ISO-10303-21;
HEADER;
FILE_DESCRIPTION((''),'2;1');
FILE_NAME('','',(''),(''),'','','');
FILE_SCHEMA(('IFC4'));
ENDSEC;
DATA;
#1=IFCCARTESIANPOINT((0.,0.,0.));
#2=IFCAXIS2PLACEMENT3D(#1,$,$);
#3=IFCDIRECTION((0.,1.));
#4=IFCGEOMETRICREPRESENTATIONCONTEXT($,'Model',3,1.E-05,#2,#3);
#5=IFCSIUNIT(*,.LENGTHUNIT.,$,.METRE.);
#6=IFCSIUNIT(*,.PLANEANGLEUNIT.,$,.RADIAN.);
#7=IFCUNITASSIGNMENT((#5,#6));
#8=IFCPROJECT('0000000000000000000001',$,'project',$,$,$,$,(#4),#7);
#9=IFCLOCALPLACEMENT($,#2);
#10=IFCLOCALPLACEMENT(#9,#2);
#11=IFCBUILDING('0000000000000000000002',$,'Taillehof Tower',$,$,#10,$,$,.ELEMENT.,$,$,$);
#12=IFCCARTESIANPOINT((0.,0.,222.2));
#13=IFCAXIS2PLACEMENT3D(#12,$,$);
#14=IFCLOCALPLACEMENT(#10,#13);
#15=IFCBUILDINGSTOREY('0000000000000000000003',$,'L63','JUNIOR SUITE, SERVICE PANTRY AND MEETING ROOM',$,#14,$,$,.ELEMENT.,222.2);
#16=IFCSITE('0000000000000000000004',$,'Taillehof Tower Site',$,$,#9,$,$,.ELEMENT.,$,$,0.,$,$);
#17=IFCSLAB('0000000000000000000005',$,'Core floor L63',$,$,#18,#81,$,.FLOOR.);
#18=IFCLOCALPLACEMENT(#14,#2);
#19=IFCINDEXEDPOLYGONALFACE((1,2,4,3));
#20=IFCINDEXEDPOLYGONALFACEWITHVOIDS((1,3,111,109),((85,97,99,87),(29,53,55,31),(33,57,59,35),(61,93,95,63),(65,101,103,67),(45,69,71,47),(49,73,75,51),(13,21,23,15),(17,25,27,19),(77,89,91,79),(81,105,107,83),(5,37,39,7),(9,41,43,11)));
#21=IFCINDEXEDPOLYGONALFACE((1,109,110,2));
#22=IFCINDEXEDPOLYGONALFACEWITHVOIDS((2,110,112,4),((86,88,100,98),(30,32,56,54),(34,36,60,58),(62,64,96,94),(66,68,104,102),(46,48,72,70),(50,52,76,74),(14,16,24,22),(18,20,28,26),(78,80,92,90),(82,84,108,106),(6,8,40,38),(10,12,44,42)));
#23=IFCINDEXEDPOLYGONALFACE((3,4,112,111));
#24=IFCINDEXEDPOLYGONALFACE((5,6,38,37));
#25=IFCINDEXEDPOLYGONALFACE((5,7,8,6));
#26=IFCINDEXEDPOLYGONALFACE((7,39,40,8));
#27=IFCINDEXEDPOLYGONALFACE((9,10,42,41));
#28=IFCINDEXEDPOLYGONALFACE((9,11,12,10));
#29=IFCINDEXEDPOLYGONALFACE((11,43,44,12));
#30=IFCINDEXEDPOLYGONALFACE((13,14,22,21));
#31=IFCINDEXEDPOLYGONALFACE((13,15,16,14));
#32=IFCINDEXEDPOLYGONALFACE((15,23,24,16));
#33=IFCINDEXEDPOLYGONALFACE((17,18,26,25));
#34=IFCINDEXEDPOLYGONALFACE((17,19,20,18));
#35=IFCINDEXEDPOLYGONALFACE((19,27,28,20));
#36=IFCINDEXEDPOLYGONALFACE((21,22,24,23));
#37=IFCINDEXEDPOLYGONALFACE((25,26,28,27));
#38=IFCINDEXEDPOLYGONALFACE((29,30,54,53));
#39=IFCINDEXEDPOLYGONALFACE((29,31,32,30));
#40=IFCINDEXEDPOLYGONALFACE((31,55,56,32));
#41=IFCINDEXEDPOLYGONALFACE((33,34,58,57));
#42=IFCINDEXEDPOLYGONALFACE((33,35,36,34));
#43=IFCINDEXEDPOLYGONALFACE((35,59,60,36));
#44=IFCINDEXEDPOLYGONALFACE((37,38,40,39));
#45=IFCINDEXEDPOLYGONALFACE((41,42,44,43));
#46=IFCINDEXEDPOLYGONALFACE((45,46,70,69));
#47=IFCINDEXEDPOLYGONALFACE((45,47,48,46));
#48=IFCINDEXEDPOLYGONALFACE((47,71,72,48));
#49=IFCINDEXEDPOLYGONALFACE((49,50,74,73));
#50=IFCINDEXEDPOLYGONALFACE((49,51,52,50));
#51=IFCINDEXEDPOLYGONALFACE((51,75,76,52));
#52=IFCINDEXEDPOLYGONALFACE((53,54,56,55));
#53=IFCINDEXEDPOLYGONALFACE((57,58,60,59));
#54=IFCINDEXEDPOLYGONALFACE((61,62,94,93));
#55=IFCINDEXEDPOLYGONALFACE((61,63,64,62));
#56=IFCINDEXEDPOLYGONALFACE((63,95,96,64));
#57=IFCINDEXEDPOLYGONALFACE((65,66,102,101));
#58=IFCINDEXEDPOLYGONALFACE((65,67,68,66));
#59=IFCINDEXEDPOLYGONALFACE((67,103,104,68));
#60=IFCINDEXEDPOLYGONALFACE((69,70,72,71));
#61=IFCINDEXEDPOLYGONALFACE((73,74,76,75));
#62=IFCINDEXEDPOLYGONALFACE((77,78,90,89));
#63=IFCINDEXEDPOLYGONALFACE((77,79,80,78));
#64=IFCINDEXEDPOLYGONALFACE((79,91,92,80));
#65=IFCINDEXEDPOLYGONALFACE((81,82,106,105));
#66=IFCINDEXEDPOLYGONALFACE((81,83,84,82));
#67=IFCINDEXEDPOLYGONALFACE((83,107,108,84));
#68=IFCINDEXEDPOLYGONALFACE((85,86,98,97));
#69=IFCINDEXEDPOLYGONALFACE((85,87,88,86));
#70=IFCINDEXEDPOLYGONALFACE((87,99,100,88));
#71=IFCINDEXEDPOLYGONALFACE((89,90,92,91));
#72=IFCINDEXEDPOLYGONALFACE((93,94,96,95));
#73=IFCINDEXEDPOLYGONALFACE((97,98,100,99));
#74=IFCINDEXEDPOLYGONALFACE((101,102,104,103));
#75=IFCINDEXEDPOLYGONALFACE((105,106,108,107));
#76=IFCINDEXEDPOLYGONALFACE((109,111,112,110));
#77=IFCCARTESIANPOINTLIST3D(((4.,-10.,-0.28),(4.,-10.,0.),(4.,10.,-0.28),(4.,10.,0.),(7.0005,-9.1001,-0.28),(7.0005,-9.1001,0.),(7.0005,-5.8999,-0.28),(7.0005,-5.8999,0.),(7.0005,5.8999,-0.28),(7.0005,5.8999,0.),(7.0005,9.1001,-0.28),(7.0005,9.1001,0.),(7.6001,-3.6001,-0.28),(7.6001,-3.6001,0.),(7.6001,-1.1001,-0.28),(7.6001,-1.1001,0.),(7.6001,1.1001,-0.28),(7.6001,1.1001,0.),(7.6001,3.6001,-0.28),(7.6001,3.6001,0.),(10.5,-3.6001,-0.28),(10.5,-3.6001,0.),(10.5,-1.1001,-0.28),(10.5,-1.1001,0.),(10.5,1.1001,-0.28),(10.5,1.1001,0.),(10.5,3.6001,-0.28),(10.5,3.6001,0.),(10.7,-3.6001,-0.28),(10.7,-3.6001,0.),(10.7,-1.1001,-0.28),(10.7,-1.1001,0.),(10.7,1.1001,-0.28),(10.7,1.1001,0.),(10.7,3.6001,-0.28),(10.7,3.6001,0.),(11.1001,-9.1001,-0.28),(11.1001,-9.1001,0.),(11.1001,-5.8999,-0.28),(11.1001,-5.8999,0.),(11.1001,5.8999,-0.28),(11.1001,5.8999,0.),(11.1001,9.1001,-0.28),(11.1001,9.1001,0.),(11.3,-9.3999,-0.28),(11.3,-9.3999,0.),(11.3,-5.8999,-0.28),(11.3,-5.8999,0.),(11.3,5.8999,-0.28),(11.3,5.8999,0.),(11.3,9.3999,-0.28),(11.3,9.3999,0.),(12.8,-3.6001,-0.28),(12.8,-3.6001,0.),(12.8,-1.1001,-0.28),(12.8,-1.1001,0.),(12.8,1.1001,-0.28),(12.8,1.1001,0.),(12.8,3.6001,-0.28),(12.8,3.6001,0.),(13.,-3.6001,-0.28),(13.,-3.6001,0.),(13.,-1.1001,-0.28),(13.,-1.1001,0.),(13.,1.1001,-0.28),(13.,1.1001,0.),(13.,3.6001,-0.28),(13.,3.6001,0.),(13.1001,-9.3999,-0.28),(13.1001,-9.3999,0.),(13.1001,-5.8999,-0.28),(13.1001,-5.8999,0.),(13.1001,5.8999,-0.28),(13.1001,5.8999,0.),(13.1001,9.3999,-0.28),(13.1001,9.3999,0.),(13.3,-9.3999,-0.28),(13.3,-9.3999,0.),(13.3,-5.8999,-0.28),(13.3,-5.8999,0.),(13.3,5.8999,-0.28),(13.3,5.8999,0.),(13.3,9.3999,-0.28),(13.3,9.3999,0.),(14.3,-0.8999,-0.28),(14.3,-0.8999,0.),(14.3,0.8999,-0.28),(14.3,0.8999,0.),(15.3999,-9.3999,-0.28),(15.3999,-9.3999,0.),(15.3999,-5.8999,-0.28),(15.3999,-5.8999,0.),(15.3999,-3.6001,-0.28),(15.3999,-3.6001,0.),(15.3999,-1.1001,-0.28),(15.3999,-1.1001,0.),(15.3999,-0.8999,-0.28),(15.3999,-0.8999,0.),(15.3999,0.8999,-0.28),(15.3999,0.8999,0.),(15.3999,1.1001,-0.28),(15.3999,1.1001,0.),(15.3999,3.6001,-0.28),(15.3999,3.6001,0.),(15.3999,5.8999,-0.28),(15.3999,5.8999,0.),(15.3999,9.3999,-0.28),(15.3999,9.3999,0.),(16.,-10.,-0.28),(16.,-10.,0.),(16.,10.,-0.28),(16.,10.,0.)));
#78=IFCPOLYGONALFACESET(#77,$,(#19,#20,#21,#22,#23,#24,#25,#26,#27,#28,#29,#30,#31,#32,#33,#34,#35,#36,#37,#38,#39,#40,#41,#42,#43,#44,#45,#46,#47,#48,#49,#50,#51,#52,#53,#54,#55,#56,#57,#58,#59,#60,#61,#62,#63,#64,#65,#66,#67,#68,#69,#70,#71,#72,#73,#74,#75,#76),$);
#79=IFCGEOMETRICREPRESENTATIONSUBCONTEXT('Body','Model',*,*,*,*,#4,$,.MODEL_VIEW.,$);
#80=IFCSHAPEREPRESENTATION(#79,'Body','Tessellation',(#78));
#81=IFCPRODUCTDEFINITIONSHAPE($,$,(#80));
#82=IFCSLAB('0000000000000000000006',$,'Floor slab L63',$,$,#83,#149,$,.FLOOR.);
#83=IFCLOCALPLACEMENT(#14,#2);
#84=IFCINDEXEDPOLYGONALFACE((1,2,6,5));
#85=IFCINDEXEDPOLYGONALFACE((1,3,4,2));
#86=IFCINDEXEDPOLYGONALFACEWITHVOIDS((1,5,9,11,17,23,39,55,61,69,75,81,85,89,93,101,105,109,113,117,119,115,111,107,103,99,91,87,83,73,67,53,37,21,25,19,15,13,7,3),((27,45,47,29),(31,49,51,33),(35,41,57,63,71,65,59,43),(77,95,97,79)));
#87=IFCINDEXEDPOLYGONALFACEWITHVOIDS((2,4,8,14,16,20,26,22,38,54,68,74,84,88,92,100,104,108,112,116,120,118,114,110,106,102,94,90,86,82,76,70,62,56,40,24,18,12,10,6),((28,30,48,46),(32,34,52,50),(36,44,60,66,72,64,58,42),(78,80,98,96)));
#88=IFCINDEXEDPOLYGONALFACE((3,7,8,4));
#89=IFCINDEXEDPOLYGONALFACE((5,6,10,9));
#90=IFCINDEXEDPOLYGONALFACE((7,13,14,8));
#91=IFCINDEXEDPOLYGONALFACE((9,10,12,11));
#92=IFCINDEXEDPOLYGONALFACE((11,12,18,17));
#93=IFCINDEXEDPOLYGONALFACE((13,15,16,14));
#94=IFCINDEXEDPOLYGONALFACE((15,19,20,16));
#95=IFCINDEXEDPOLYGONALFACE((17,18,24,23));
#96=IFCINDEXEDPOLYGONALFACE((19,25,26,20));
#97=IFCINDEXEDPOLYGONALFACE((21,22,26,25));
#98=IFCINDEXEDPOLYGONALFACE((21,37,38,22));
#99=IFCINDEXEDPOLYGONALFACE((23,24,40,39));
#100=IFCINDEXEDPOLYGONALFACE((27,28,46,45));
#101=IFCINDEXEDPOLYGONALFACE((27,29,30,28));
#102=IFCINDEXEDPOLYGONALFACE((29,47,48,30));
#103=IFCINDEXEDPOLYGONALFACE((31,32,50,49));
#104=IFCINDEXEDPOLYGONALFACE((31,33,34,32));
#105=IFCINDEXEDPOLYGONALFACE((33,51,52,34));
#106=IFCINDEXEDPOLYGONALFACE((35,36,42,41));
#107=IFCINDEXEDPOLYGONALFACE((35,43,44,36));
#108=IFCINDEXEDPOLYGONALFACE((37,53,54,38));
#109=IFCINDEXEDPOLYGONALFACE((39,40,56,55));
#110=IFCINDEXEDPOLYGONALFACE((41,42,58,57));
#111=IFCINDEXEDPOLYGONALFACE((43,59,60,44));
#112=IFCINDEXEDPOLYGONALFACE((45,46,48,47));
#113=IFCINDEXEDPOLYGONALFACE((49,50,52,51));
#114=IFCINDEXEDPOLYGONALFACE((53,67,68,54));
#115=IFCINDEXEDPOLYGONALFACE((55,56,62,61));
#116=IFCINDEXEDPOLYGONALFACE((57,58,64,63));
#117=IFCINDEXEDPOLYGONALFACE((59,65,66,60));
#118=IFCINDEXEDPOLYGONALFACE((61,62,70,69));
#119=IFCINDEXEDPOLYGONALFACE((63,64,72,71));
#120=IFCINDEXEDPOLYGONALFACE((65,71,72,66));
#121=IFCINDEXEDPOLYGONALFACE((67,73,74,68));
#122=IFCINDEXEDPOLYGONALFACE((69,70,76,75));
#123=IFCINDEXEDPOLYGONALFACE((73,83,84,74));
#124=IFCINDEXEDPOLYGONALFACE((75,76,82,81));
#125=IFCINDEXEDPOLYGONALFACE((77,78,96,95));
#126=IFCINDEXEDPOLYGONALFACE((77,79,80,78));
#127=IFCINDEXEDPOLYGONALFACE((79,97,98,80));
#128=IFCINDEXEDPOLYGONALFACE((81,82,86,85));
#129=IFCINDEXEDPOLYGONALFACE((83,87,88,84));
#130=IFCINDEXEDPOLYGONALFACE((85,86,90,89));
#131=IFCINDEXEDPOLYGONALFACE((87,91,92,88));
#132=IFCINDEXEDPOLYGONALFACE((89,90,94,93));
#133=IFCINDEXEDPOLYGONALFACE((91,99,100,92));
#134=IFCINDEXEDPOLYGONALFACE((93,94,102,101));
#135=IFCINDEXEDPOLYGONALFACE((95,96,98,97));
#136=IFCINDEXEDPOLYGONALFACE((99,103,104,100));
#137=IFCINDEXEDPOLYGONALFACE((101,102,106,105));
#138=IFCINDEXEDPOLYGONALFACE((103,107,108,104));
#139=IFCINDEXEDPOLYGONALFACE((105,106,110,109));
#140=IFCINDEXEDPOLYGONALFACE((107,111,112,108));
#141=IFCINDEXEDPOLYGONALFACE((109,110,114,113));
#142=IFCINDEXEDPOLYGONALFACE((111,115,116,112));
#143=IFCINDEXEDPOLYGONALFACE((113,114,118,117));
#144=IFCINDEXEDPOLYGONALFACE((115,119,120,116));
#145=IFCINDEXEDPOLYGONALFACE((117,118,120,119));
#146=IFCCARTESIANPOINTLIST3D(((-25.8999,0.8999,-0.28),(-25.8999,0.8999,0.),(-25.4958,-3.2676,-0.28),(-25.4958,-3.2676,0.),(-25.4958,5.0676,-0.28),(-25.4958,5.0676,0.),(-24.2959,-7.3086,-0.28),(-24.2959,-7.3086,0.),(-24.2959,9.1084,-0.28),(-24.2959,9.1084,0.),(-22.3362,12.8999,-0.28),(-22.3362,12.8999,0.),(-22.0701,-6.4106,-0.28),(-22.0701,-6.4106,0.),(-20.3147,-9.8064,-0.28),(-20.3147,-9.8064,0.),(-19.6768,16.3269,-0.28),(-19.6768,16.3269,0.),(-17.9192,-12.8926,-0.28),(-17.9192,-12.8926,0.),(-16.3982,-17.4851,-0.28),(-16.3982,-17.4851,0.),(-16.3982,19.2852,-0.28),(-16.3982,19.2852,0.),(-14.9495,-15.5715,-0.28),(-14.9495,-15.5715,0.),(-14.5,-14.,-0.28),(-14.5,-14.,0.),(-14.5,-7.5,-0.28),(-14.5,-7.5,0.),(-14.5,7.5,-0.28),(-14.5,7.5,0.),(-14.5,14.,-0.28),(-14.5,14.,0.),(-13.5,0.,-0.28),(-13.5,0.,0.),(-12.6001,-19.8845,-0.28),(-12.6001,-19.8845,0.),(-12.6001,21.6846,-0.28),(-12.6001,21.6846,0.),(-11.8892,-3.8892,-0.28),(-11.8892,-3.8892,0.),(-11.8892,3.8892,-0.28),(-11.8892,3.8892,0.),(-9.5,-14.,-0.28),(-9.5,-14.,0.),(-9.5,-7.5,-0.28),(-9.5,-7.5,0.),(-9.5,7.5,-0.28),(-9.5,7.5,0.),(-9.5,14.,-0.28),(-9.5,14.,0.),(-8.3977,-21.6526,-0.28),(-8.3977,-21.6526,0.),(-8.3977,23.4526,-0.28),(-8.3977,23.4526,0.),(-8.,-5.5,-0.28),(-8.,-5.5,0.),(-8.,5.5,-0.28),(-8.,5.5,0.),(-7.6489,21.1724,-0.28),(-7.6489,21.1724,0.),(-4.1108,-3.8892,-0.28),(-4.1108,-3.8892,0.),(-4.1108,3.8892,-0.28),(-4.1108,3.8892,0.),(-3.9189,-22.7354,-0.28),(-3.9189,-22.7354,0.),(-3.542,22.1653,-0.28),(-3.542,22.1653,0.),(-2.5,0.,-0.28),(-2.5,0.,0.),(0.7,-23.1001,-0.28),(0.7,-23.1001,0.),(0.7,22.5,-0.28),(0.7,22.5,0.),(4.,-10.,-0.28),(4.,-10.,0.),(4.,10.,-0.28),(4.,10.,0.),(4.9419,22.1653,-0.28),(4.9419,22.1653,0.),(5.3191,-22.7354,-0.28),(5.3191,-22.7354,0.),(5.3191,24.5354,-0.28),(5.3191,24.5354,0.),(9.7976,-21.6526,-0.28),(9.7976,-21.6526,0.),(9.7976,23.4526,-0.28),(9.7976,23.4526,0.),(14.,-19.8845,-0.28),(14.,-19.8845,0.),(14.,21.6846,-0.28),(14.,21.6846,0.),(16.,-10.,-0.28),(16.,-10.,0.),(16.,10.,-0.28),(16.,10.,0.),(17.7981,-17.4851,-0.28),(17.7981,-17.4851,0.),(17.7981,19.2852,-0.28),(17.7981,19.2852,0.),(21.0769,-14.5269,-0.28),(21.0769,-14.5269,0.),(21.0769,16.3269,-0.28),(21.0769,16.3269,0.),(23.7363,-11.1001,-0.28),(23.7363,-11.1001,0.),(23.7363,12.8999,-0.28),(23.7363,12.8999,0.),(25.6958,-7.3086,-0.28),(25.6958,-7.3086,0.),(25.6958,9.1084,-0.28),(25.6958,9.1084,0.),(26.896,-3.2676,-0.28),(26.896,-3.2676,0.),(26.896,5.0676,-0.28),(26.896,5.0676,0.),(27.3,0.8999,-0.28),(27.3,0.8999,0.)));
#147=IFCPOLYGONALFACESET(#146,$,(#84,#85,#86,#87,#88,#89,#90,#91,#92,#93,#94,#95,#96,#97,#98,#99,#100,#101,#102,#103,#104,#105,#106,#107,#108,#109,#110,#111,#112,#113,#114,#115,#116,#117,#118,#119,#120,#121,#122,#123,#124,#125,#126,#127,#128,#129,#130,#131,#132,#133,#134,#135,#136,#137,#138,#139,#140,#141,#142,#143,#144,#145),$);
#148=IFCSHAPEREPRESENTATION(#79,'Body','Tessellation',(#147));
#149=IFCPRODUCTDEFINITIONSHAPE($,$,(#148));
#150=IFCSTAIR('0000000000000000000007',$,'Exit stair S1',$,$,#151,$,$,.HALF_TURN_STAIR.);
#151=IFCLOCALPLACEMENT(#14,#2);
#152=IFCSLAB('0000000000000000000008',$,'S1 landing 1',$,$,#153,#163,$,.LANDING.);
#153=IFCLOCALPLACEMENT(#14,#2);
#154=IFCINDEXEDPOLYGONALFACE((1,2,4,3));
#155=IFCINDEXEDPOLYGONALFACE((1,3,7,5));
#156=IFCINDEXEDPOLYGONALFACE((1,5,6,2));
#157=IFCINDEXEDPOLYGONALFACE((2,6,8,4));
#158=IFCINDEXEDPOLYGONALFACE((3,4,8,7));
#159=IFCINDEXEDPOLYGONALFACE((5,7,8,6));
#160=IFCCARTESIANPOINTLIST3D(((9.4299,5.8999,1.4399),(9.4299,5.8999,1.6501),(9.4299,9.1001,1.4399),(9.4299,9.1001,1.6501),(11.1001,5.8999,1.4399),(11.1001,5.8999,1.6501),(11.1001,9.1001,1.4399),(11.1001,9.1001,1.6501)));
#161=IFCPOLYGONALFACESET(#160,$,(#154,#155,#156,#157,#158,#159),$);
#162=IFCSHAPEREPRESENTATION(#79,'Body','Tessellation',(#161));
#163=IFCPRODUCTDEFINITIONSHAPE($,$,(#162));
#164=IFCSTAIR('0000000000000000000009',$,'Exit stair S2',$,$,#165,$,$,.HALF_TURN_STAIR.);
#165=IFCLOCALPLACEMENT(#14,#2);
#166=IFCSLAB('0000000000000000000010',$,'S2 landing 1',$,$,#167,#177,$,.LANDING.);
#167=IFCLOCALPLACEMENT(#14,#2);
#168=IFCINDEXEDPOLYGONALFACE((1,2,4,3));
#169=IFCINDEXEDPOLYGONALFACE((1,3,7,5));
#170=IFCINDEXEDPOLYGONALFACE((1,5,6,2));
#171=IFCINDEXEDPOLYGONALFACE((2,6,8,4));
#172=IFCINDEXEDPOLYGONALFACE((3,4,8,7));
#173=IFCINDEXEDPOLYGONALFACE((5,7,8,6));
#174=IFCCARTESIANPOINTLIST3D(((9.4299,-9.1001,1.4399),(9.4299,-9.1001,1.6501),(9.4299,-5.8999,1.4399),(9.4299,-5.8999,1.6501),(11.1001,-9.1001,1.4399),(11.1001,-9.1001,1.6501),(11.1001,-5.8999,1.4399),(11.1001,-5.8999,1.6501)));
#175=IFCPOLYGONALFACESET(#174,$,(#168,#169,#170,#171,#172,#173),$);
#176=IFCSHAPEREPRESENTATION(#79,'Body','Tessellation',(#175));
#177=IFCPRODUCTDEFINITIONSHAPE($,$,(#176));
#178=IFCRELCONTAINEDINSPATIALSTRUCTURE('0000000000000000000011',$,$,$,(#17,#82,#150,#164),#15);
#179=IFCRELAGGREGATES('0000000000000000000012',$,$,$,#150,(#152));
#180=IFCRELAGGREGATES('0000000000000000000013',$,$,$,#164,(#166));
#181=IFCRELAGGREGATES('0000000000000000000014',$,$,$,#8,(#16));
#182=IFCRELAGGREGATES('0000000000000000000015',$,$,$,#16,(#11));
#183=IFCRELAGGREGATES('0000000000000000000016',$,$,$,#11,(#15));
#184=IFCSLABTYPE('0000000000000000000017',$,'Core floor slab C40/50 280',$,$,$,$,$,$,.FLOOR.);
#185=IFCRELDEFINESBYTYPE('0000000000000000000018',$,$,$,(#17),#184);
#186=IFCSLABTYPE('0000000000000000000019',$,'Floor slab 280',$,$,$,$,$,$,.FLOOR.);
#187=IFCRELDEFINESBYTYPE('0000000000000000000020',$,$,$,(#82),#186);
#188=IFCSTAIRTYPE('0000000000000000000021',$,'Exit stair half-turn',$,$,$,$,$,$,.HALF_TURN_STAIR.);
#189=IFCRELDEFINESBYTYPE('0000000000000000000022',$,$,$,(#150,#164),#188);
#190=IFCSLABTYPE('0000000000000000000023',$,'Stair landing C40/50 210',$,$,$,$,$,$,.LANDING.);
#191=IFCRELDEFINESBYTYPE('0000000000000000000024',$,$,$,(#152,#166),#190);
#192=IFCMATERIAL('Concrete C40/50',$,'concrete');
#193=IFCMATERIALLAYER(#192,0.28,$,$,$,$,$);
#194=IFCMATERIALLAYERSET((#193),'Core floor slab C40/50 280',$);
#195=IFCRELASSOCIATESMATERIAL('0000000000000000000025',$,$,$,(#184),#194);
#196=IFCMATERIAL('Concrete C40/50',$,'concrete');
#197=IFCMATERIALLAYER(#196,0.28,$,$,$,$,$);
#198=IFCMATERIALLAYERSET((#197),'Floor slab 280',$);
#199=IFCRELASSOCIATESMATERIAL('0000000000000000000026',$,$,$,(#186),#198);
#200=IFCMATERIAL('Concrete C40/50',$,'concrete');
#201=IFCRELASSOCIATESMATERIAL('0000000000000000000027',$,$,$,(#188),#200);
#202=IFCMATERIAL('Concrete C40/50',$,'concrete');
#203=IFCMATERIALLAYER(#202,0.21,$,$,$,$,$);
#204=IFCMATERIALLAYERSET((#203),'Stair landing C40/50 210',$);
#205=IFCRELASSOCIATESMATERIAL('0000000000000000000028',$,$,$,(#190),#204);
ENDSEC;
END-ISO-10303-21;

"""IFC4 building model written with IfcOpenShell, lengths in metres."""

from ifc_helpers import new_model, si_unit, direction, frame, origin, place, context, subcontext, project, spatial, polyline, outline, extrude, material, layer, layer_set, type_object, element, aggregate, save


model = new_model("IFC4")

# Units and contexts
model_context = context("Model", 3, precision=1e-05, world=origin(), true_north=direction((0.0, 1.0)))
body_context = subcontext(model_context, "Body", "Model", "MODEL_VIEW")
ifc_project = project(units=[si_unit("LENGTHUNIT", "METRE"), si_unit("PLANEANGLEUNIT", "RADIAN")], contexts=[model_context])

# Site, building, storey
site_placement = place(None, origin())
site = spatial("IfcSite", under=ifc_project, at=site_placement, Name="Taillehof Tower Site", CompositionType="ELEMENT", RefElevation=0.0)
building_placement = place(site_placement, origin())
building = spatial("IfcBuilding", under=site, at=building_placement, Name="Taillehof Tower", CompositionType="ELEMENT")
storey_placement = place(building_placement, frame((0.0, 0.0, 222.2)))
storey = spatial("IfcBuildingStorey", under=building, at=storey_placement, Name="L63", Description="JUNIOR SUITE, SERVICE PANTRY AND MEETING ROOM", CompositionType="ELEMENT", Elevation=222.2)

# Slabs
ifc_material_1 = material(Name="Concrete C40/50", Category="concrete")
ifc_layer_1 = layer(ifc_material_1, 0.28)
ifc_layer_set_1 = layer_set([ifc_layer_1], Name="Core floor slab C40/50 280")
slab_type_1 = type_object("IfcSlabType", Name="Core floor slab C40/50 280", PredefinedType="FLOOR", material=ifc_layer_set_1)
slab_1_placement = place(storey_placement, frame((0.0, 0.0, -0.28)))
element("IfcSlab", 1, at=slab_1_placement, inside=storey, type_object=slab_type_1, Name="Core floor L63", PredefinedType="FLOOR", context=body_context, shape_type="SweptSolid", body=[
    extrude(outline(polyline([(4.0, -10.0), (4.0, 10.0), (16.0, 10.0), (16.0, -10.0), (4.0, -10.0)]), holes=[polyline([(11.1001, -9.1001), (11.1001, -5.8999), (7.0005, -5.8999), (7.0005, -9.1001), (11.1001, -9.1001)]), polyline([(10.5, -3.6001), (10.5, -1.1001), (7.6001, -1.1001), (7.6001, -3.6001), (10.5, -3.6001)]), polyline([(12.8, -3.6001), (12.8, -1.1001), (10.7, -1.1001), (10.7, -3.6001), (12.8, -3.6001)]), polyline([(10.5, 3.6001), (7.6001, 3.6001), (7.6001, 1.1001), (10.5, 1.1001), (10.5, 3.6001)]), polyline([(12.8, 1.1001), (12.8, 3.6001), (10.7, 3.6001), (10.7, 1.1001), (12.8, 1.1001)]), polyline([(11.1001, 5.8999), (11.1001, 9.1001), (7.0005, 9.1001), (7.0005, 5.8999), (11.1001, 5.8999)]), polyline([(13.1001, 9.3999), (11.3, 9.3999), (11.3, 5.8999), (13.1001, 5.8999), (13.1001, 9.3999)]), polyline([(13.1001, -9.3999), (13.1001, -5.8999), (11.3, -5.8999), (11.3, -9.3999), (13.1001, -9.3999)]), polyline([(15.3999, -9.3999), (15.3999, -5.8999), (13.3, -5.8999), (13.3, -9.3999), (15.3999, -9.3999)]), polyline([(15.3999, -3.6001), (15.3999, -1.1001), (13.0, -1.1001), (13.0, -3.6001), (15.3999, -3.6001)]), polyline([(15.3999, -0.8999), (15.3999, 0.8999), (14.3, 0.8999), (14.3, -0.8999), (15.3999, -0.8999)]), polyline([(15.3999, 1.1001), (15.3999, 3.6001), (13.0, 3.6001), (13.0, 1.1001), (15.3999, 1.1001)]), polyline([(15.3999, 5.8999), (15.3999, 9.3999), (13.3, 9.3999), (13.3, 5.8999), (15.3999, 5.8999)])]), origin(), (0.0, 0.0, 1.0), 0.28),
])
ifc_material_2 = material(Name="Concrete C40/50", Category="concrete")
ifc_layer_2 = layer(ifc_material_2, 0.28)
ifc_layer_set_2 = layer_set([ifc_layer_2], Name="Floor slab 280")
slab_type_2 = type_object("IfcSlabType", Name="Floor slab 280", PredefinedType="FLOOR", material=ifc_layer_set_2)
slab_2_placement = place(storey_placement, frame((0.0, 0.0, -0.28)))
element("IfcSlab", 2, at=slab_2_placement, inside=storey, type_object=slab_type_2, Name="Floor slab L63", PredefinedType="FLOOR", context=body_context, shape_type="SweptSolid", body=[
    extrude(outline(polyline([(27.3, 0.8999), (26.896, 5.0676), (25.6958, 9.1084), (23.7363, 12.8999), (21.0769, 16.3269), (17.7981, 19.2852), (14.0, 21.6846), (9.7976, 23.4526), (5.3191, 24.5354), (4.9419, 22.1653), (0.7, 22.5), (-3.542, 22.1653), (-7.6489, 21.1724), (-8.3977, 23.4526), (-12.6001, 21.6846), (-16.3982, 19.2852), (-19.6768, 16.3269), (-22.3362, 12.8999), (-24.2959, 9.1084), (-25.4958, 5.0676), (-25.8999, 0.8999), (-25.4958, -3.2676), (-24.2959, -7.3086), (-22.0701, -6.4106), (-20.3147, -9.8064), (-17.9192, -12.8926), (-14.9495, -15.5715), (-16.3982, -17.4851), (-12.6001, -19.8845), (-8.3977, -21.6526), (-3.9189, -22.7354), (0.7, -23.1001), (5.3191, -22.7354), (9.7976, -21.6526), (14.0, -19.8845), (17.7981, -17.4851), (21.0769, -14.5269), (23.7363, -11.1001), (25.6958, -7.3086), (26.896, -3.2676), (27.3, 0.8999)]), holes=[polyline([(-14.5, -7.5), (-9.5, -7.5), (-9.5, -14.0), (-14.5, -14.0), (-14.5, -7.5)]), polyline([(-8.0, -5.5), (-11.8892, -3.8892), (-13.5, 0.0), (-11.8892, 3.8892), (-8.0, 5.5), (-4.1108, 3.8892), (-2.5, 0.0), (-4.1108, -3.8892), (-8.0, -5.5)]), polyline([(16.0, 10.0), (16.0, -10.0), (4.0, -10.0), (4.0, 10.0), (16.0, 10.0)]), polyline([(-14.5, 14.0), (-9.5, 14.0), (-9.5, 7.5), (-14.5, 7.5), (-14.5, 14.0)])]), origin(), (0.0, 0.0, 1.0), 0.28),
])

# Stairs, slabs
ifc_material_3 = material(Name="Concrete C40/50", Category="concrete")
stair_type = type_object("IfcStairType", Name="Exit stair half-turn", PredefinedType="HALF_TURN_STAIR", material=ifc_material_3)
stair_1_placement = place(storey_placement, origin())
stair_1 = element("IfcStair", 3, at=stair_1_placement, inside=storey, type_object=stair_type, Name="Exit stair S1", PredefinedType="HALF_TURN_STAIR")
ifc_material_4 = material(Name="Concrete C40/50", Category="concrete")
ifc_layer_3 = layer(ifc_material_4, 0.21)
ifc_layer_set_3 = layer_set([ifc_layer_3], Name="Stair landing C40/50 210")
slab_type_3 = type_object("IfcSlabType", Name="Stair landing C40/50 210", PredefinedType="LANDING", material=ifc_layer_set_3)
slab_3_placement = place(storey_placement, frame((0.0, 0.0, 1.4399)))
slab_3 = element("IfcSlab", 4, at=slab_3_placement, type_object=slab_type_3, Name="S1 landing 1", PredefinedType="LANDING", context=body_context, shape_type="SweptSolid", body=[
    extrude(outline(polyline([(9.4299, 5.8999), (11.1001, 5.8999), (11.1001, 9.1001), (9.4299, 9.1001), (9.4299, 5.8999)])), origin(), (0.0, 0.0, 1.0), 0.2102),
])
aggregate(stair_1, [slab_3])
stair_2_placement = place(storey_placement, origin())
stair_2 = element("IfcStair", 5, at=stair_2_placement, inside=storey, type_object=stair_type, Name="Exit stair S2", PredefinedType="HALF_TURN_STAIR")
slab_4_placement = place(storey_placement, frame((0.0, 0.0, 1.4399)))
slab_4 = element("IfcSlab", 6, at=slab_4_placement, type_object=slab_type_3, Name="S2 landing 1", PredefinedType="LANDING", context=body_context, shape_type="SweptSolid", body=[
    extrude(outline(polyline([(9.4299, -5.8999), (11.1001, -5.8999), (11.1001, -9.1001), (9.4299, -9.1001), (9.4299, -5.8999)])), origin(), (0.0, 0.0, 1.0), 0.2102),
])
aggregate(stair_2, [slab_4])

save(model, "model.ifc")
